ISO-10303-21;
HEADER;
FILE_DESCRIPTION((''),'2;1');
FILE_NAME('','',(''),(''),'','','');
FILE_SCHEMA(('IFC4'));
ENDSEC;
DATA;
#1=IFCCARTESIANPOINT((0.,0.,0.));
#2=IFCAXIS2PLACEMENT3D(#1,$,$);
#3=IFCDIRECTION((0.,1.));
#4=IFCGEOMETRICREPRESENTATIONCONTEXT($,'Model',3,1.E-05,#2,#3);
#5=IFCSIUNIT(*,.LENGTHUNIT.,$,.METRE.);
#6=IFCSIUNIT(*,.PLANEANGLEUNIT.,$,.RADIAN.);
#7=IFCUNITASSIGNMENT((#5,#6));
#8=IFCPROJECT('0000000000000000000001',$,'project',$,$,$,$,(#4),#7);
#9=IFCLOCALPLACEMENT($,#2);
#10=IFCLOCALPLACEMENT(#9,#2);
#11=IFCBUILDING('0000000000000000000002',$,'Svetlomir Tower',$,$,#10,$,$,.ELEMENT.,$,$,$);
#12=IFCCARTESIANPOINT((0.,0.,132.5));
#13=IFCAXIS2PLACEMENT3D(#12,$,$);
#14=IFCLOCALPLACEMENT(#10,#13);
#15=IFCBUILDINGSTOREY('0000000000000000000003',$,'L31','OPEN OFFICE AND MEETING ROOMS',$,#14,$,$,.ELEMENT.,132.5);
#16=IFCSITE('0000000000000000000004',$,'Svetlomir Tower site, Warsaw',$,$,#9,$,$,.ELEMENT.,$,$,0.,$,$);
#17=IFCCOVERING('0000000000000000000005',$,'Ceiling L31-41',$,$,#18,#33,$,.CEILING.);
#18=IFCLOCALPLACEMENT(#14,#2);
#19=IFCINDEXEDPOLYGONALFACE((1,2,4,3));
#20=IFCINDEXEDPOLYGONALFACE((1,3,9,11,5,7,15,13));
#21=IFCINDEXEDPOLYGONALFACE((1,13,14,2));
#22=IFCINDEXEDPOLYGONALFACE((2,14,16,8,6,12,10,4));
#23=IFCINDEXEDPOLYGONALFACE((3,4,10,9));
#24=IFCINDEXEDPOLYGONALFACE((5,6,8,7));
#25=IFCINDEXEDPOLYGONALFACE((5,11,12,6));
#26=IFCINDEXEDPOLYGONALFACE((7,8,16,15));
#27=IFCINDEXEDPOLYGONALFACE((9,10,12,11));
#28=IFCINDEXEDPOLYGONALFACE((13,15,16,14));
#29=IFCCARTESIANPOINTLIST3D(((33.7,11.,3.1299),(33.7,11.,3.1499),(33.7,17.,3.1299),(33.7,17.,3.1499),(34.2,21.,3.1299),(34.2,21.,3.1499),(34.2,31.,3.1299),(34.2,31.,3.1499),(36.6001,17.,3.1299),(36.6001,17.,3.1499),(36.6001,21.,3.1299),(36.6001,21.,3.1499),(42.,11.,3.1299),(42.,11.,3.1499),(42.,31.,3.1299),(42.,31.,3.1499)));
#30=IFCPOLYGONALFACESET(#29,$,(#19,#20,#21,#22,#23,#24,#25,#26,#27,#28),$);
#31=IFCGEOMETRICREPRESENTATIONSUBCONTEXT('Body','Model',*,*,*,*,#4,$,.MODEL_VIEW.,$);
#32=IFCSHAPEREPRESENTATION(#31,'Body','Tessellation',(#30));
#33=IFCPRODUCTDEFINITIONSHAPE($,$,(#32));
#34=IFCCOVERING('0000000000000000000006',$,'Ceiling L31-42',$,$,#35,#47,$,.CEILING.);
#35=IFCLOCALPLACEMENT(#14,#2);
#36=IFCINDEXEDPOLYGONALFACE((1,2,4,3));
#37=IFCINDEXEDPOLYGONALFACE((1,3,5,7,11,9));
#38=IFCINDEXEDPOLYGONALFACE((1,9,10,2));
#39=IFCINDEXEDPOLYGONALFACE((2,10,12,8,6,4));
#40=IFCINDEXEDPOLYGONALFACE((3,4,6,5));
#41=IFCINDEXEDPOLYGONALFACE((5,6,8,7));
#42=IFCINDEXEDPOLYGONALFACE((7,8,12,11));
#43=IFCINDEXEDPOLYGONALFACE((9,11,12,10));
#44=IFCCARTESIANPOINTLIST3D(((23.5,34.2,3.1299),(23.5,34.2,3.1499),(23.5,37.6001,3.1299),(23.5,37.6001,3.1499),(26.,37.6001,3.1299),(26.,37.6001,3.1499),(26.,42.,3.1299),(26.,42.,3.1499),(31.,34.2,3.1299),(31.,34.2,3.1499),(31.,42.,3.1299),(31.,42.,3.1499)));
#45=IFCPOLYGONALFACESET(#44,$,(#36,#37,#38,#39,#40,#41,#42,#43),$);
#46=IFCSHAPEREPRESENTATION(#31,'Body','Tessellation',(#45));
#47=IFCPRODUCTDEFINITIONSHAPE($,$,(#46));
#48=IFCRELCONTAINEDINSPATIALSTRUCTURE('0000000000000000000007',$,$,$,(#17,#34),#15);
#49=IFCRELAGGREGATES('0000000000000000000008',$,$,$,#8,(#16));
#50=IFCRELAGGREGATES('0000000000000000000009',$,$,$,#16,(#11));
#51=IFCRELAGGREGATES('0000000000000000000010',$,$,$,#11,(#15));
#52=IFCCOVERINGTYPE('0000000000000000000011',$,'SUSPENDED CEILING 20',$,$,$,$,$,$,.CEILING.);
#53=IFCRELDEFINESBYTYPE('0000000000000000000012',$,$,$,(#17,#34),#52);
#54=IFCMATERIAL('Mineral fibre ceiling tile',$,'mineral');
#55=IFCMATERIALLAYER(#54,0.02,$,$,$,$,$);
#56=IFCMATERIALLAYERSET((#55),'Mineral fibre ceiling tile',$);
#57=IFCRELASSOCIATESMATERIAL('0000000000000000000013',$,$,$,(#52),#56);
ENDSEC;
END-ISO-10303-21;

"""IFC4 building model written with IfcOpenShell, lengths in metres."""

from ifc_helpers import new_model, si_unit, direction, frame, origin, place, context, subcontext, project, spatial, polyline, outline, extrude, material, layer, layer_set, type_object, element, save


model = new_model("IFC4")

# Units and contexts
model_context = context("Model", 3, precision=1e-05, world=origin(), true_north=direction((0.0, 1.0)))
body_context = subcontext(model_context, "Body", "Model", "MODEL_VIEW")
ifc_project = project(units=[si_unit("LENGTHUNIT", "METRE"), si_unit("PLANEANGLEUNIT", "RADIAN")], contexts=[model_context])

# Site, building, storey
site_placement = place(None, origin())
site = spatial("IfcSite", under=ifc_project, at=site_placement, Name="Svetlomir Tower site, Warsaw", CompositionType="ELEMENT", RefElevation=0.0)
building_placement = place(site_placement, origin())
building = spatial("IfcBuilding", under=site, at=building_placement, Name="Svetlomir Tower", CompositionType="ELEMENT")
storey_placement = place(building_placement, frame((0.0, 0.0, 132.5)))
storey = spatial("IfcBuildingStorey", under=building, at=storey_placement, Name="L31", Description="OPEN OFFICE AND MEETING ROOMS", CompositionType="ELEMENT", Elevation=132.5)

# Coverings
ifc_material_1 = material(Name="Mineral fibre ceiling tile", Category="mineral")
ifc_layer_1 = layer(ifc_material_1, 0.02)
ifc_layer_set_1 = layer_set([ifc_layer_1], Name="Mineral fibre ceiling tile")
covering_type_1 = type_object("IfcCoveringType", Name="SUSPENDED CEILING 20", PredefinedType="CEILING", material=ifc_layer_set_1)
covering_1_placement = place(storey_placement, frame((0.0, 0.0, 3.1299)))
element("IfcCovering", 1, at=covering_1_placement, inside=storey, type_object=covering_type_1, Name="Ceiling L31-41", PredefinedType="CEILING", context=body_context, shape_type="SweptSolid", body=[
    extrude(outline(polyline([(33.7, 11.0), (33.7, 17.0), (36.6001, 17.0), (36.6001, 21.0), (34.2, 21.0), (34.2, 31.0), (42.0, 31.0), (42.0, 11.0), (33.7, 11.0)])), origin(), (0.0, 0.0, 1.0), 0.02),
])
covering_2_placement = place(storey_placement, frame((0.0, 0.0, 3.1299)))
element("IfcCovering", 2, at=covering_2_placement, inside=storey, type_object=covering_type_1, Name="Ceiling L31-42", PredefinedType="CEILING", context=body_context, shape_type="SweptSolid", body=[
    extrude(outline(polyline([(23.5, 34.2), (23.5, 37.6001), (26.0, 37.6001), (26.0, 42.0), (31.0, 42.0), (31.0, 34.2), (23.5, 34.2)])), origin(), (0.0, 0.0, 1.0), 0.02),
])

save(model, "model.ifc")
